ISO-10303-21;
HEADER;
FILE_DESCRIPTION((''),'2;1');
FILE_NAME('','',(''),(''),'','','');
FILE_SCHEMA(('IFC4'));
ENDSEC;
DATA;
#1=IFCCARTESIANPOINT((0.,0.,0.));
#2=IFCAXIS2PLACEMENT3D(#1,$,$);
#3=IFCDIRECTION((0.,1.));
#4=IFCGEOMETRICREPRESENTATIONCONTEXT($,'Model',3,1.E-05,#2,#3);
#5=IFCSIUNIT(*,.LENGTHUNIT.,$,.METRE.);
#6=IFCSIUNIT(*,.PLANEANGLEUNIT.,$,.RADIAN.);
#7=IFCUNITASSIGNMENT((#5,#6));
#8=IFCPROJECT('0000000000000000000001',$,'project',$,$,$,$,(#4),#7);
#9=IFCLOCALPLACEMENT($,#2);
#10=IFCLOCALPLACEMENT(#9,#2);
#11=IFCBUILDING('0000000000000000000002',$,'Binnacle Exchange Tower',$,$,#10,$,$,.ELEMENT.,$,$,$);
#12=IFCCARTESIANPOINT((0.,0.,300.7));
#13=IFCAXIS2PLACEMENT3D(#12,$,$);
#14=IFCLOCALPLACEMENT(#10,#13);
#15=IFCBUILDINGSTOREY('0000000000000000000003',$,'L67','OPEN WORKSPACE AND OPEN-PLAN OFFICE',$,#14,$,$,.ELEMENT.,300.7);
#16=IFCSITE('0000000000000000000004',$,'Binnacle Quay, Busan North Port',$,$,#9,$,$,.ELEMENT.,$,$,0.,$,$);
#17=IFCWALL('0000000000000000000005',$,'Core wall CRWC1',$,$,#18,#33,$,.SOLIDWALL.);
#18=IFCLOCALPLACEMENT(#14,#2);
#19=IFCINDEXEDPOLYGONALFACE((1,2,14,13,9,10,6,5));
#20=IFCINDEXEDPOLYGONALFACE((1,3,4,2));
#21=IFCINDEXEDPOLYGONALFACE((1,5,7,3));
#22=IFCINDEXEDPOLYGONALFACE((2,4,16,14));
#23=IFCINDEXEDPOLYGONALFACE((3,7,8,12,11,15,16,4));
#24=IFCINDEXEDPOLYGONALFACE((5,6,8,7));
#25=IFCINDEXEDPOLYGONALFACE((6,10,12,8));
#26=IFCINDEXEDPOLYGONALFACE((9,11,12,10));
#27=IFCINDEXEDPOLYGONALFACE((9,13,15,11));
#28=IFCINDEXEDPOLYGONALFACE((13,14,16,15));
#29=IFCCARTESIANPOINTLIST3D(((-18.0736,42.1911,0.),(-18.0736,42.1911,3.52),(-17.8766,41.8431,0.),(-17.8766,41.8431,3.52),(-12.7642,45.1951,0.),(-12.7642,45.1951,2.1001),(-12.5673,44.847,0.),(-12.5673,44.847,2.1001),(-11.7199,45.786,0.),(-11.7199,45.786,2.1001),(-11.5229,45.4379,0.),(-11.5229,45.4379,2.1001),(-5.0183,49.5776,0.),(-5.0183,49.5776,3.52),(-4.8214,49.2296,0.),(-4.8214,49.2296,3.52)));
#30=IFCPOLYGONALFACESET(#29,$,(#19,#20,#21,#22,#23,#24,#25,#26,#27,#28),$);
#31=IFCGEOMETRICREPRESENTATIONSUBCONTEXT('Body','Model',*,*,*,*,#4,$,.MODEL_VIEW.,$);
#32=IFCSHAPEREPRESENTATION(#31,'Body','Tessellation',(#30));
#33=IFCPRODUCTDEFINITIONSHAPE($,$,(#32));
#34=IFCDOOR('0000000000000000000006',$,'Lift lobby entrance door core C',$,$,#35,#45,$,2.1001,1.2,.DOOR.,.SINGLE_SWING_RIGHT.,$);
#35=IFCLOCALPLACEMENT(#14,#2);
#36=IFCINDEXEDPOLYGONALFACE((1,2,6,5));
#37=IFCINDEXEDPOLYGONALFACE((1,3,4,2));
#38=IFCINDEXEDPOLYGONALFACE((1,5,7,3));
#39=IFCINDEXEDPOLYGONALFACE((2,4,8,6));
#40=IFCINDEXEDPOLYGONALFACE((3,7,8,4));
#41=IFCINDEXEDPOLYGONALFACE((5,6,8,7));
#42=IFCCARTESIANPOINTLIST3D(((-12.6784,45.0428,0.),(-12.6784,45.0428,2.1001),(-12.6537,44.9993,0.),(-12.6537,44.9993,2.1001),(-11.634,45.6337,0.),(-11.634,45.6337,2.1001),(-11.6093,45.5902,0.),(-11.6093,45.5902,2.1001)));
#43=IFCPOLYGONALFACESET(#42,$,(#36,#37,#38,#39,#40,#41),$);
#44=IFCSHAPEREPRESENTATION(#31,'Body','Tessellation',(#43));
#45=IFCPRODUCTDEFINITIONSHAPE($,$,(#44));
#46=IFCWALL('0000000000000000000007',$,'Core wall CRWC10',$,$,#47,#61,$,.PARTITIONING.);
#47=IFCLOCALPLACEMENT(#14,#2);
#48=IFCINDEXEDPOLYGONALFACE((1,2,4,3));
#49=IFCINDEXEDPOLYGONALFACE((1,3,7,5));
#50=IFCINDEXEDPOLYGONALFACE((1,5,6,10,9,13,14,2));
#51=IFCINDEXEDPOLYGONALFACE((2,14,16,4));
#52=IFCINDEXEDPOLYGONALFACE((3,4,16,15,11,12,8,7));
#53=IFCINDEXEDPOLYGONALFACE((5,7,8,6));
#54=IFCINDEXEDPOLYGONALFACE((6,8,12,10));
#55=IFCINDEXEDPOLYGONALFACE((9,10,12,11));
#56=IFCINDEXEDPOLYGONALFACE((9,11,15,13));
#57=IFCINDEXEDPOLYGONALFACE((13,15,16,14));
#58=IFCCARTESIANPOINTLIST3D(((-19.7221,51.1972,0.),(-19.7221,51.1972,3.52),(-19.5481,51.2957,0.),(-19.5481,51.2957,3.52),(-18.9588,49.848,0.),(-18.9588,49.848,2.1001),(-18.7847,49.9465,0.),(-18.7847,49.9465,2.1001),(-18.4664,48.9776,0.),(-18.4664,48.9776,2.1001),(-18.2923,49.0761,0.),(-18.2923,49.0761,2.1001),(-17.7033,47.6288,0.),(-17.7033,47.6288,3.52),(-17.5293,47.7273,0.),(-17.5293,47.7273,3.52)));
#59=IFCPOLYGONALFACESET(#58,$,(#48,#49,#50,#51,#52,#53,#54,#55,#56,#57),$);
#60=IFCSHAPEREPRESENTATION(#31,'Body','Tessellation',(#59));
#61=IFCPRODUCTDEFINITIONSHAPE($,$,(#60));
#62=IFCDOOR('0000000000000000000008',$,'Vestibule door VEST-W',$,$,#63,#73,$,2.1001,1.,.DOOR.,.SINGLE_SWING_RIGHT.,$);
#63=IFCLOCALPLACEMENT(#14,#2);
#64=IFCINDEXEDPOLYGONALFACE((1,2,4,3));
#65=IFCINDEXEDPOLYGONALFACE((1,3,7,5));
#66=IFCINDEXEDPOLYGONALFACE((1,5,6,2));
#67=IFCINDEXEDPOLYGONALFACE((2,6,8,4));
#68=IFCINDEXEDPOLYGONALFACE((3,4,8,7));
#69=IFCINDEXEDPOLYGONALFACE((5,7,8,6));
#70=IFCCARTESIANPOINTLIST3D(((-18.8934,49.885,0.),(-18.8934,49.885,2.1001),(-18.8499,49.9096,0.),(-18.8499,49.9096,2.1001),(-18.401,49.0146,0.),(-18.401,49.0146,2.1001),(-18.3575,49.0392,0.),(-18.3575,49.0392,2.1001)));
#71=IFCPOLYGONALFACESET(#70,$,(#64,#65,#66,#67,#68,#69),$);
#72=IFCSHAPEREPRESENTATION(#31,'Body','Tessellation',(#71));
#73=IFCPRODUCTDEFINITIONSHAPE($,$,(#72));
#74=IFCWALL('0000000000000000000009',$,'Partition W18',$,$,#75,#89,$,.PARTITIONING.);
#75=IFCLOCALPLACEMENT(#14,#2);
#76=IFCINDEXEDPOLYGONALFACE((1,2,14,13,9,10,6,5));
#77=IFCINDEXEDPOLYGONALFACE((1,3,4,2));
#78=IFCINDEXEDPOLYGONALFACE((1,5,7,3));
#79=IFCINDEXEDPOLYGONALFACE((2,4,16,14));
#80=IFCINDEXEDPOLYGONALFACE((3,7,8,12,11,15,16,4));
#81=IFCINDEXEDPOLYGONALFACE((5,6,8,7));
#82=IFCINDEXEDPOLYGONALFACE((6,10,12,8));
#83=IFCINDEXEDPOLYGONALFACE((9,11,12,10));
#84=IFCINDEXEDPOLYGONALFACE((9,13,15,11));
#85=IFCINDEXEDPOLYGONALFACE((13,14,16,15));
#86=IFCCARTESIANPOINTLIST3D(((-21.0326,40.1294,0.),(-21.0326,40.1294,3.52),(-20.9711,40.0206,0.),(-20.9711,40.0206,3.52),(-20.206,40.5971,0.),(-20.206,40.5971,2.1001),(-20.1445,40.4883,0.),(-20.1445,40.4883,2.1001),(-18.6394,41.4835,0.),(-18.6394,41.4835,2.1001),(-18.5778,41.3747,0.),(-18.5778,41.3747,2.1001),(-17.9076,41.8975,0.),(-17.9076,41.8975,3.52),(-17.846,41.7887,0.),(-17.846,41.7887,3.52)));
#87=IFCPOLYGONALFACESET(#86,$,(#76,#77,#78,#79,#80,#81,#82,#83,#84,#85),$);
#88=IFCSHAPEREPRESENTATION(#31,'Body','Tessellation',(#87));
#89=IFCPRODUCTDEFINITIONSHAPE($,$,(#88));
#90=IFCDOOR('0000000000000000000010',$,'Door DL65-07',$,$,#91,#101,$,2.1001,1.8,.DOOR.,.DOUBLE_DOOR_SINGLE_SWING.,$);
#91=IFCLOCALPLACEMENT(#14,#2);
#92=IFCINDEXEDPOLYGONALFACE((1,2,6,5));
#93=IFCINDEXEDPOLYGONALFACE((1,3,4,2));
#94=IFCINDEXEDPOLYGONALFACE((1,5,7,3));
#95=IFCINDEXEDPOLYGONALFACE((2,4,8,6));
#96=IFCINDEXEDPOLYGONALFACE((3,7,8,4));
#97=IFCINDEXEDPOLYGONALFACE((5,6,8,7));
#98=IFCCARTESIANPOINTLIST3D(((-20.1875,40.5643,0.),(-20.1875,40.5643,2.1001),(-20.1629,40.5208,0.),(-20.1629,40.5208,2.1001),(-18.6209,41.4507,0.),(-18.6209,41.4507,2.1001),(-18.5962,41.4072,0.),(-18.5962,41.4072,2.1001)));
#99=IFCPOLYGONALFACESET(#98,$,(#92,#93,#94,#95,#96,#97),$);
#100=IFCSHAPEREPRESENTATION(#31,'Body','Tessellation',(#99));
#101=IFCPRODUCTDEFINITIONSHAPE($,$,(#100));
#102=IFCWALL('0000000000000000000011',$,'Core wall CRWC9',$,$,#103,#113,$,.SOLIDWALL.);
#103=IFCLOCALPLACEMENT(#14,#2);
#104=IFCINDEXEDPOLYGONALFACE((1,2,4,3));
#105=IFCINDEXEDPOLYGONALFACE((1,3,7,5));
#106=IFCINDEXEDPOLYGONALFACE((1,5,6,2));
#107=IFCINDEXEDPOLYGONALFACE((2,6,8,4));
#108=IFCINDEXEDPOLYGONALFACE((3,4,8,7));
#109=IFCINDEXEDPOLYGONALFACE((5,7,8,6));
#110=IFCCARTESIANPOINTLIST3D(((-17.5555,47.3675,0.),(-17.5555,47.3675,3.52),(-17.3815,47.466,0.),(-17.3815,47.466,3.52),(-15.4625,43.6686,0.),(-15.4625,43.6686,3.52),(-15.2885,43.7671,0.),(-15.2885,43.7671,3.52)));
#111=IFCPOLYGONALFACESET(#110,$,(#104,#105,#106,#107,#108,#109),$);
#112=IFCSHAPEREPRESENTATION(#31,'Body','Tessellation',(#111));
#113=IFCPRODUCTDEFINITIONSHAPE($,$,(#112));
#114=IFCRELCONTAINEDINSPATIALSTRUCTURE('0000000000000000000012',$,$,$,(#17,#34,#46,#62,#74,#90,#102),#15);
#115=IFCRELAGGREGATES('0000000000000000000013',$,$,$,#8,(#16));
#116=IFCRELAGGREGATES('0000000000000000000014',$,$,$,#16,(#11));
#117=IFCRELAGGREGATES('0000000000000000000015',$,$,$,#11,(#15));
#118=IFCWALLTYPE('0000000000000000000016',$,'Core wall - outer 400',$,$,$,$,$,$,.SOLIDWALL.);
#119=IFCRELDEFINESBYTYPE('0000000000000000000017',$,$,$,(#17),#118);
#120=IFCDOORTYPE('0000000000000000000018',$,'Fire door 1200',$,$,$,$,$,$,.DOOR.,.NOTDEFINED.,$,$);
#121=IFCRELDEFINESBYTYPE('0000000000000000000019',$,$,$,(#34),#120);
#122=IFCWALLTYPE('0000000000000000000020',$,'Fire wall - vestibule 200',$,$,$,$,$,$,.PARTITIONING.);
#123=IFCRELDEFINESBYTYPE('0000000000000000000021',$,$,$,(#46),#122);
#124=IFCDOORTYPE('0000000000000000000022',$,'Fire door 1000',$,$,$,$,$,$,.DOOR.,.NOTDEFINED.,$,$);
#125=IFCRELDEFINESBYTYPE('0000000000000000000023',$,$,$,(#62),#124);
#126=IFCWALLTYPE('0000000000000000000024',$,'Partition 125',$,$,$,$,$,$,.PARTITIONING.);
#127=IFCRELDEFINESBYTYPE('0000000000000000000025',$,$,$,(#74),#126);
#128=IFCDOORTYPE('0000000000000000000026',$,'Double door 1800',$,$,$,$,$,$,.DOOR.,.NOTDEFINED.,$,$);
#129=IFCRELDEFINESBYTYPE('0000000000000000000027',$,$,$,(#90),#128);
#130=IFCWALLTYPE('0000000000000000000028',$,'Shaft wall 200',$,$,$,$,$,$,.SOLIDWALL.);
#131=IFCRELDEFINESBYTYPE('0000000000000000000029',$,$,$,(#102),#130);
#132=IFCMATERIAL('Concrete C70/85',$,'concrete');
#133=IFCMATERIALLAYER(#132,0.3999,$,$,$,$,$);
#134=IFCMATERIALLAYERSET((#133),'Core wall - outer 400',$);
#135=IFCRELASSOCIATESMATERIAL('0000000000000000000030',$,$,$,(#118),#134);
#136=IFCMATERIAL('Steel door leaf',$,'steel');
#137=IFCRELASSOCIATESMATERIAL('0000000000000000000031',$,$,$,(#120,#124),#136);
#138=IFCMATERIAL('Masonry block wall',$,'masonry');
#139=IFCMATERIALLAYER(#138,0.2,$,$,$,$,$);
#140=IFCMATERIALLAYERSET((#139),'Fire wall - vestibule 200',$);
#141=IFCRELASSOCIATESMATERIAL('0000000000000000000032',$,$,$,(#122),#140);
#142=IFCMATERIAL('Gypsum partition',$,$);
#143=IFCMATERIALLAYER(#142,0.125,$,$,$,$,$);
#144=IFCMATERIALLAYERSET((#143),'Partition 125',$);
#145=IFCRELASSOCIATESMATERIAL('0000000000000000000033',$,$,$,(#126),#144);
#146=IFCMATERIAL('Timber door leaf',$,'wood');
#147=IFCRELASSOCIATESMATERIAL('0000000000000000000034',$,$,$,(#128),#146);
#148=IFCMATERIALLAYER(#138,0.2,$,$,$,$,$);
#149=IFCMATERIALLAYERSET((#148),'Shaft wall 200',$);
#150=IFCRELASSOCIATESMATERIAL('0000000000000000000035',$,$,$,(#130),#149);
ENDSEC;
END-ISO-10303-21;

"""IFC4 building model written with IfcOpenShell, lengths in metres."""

from ifc_helpers import new_model, si_unit, direction, frame, frame_2d, origin, place, context, subcontext, project, spatial, rectangle, extrude, material, layer, layer_set, type_object, element, fill, save


model = new_model("IFC4")

# Units and contexts
model_context = context("Model", 3, precision=1e-05, world=origin(), true_north=direction((0.0, 1.0)))
body_context = subcontext(model_context, "Body", "Model", "MODEL_VIEW")
ifc_project = project(units=[si_unit("LENGTHUNIT", "METRE"), si_unit("PLANEANGLEUNIT", "RADIAN")], contexts=[model_context])

# Site, building, storey
site_placement = place(None, origin())
site = spatial("IfcSite", under=ifc_project, at=site_placement, Name="Binnacle Quay, Busan North Port", CompositionType="ELEMENT", RefElevation=0.0)
building_placement = place(site_placement, origin())
building = spatial("IfcBuilding", under=site, at=building_placement, Name="Binnacle Exchange Tower", CompositionType="ELEMENT")
storey_placement = place(building_placement, frame((0.0, 0.0, 300.7)))
storey = spatial("IfcBuildingStorey", under=building, at=storey_placement, Name="L67", Description="OPEN WORKSPACE AND OPEN-PLAN OFFICE", CompositionType="ELEMENT", Elevation=300.7)

# Shared definitions
ifc_material_1 = material(Name="Concrete C70/85", Category="concrete")
ifc_material_2 = material(Name="Steel door leaf", Category="steel")

# Walls, openings, doors
ifc_layer_1 = layer(ifc_material_1, 0.3999)
ifc_layer_set_1 = layer_set([ifc_layer_1], Name="Core wall - outer 400")
wall_type_1 = type_object("IfcWallType", Name="Core wall - outer 400", PredefinedType="SOLIDWALL", material=ifc_layer_set_1)
wall_1_placement = place(storey_placement, frame((-17.9751, 42.0171, 0.0), z_axis=(0.0, 0.0, 1.0), x_axis=(0.87035, 0.492434, 0.0)))
wall_1 = element("IfcWall", 1, at=wall_1_placement, inside=storey, type_object=wall_type_1, Name="Core wall CRWC1", PredefinedType="SOLIDWALL", context=body_context, shape_type="SweptSolid", body=[
    extrude(rectangle(XDim=15.0, YDim=0.3999, at=frame_2d((7.5, 0.0))), origin(), (0.0, 0.0, 1.0), 3.52),
])
opening_1_placement = place(wall_1_placement, frame((6.1001, 0.0, 0.0)))
opening_1 = element("IfcOpeningElement", 2, at=opening_1_placement, cuts=wall_1, PredefinedType="OPENING", context=body_context, shape_type="SweptSolid", body=[
    extrude(rectangle(XDim=1.2, YDim=2.1001, at=frame_2d((0.6001, 1.05))), frame((0.0, 0.21, 0.0), z_axis=(0.0, -1.0, 0.0), x_axis=(1.0, 0.0, 0.0)), (0.0, 0.0, 1.0), 0.4199),
])
door_type_1 = type_object("IfcDoorType", Name="Fire door 1200", OperationType="NOTDEFINED", PredefinedType="DOOR", material=ifc_material_2)
door_1_placement = place(opening_1_placement, frame((1.2, 0.0, 0.0), z_axis=(0.0, 0.0, 1.0), x_axis=(-1.0, 0.0, 0.0)))
door_1 = element("IfcDoor", 3, at=door_1_placement, inside=storey, type_object=door_type_1, Name="Lift lobby entrance door core C", OperationType="SINGLE_SWING_RIGHT", OverallHeight=2.1001, OverallWidth=1.2, PredefinedType="DOOR", context=body_context, shape_type="SweptSolid", body=[
    extrude(rectangle(XDim=1.2, YDim=2.1001, at=frame_2d((0.6001, 1.05))), frame((0.0, 0.0249, 0.0), z_axis=(0.0, -1.0, 0.0), x_axis=(1.0, 0.0, 0.0)), (0.0, 0.0, 1.0), 0.05),
])
fill(opening_1, door_1)
ifc_material_3 = material(Name="Masonry block wall", Category="masonry")
ifc_layer_2 = layer(ifc_material_3, 0.2)
ifc_layer_set_2 = layer_set([ifc_layer_2], Name="Fire wall - vestibule 200")
wall_type_2 = type_object("IfcWallType", Name="Fire wall - vestibule 200", PredefinedType="PARTITIONING", material=ifc_layer_set_2)
wall_2_placement = place(storey_placement, frame((-19.635, 51.2463, 0.0), z_axis=(0.0, 0.0, 1.0), x_axis=(0.492408, -0.870364, 0.0)))
wall_2 = element("IfcWall", 4, at=wall_2_placement, inside=storey, type_object=wall_type_2, Name="Core wall CRWC10", PredefinedType="PARTITIONING", context=body_context, shape_type="SweptSolid", body=[
    extrude(rectangle(XDim=4.0999, YDim=0.2, at=frame_2d((2.0498, 0.0))), origin(), (0.0, 0.0, 1.0), 3.52),
])
opening_2_placement = place(wall_2_placement, frame((1.55, 0.0, 0.0)))
opening_2 = element("IfcOpeningElement", 5, at=opening_2_placement, cuts=wall_2, PredefinedType="OPENING", context=body_context, shape_type="SweptSolid", body=[
    extrude(rectangle(XDim=1.0, YDim=2.1001, at=frame_2d((0.5, 1.05))), frame((0.0, 0.1099, 0.0), z_axis=(0.0, -1.0, 0.0), x_axis=(1.0, 0.0, 0.0)), (0.0, 0.0, 1.0), 0.22),
])
door_type_2 = type_object("IfcDoorType", Name="Fire door 1000", OperationType="NOTDEFINED", PredefinedType="DOOR", material=ifc_material_2)
door_2_placement = place(opening_2_placement, frame((1.0, 0.0, 0.0), z_axis=(0.0, 0.0, 1.0), x_axis=(-1.0, 0.0, 0.0)))
door_2 = element("IfcDoor", 6, at=door_2_placement, inside=storey, type_object=door_type_2, Name="Vestibule door VEST-W", OperationType="SINGLE_SWING_RIGHT", OverallHeight=2.1001, OverallWidth=1.0, PredefinedType="DOOR", context=body_context, shape_type="SweptSolid", body=[
    extrude(rectangle(XDim=1.0, YDim=2.1001, at=frame_2d((0.5, 1.05))), frame((0.0, 0.0249, 0.0), z_axis=(0.0, -1.0, 0.0), x_axis=(1.0, 0.0, 0.0)), (0.0, 0.0, 1.0), 0.05),
])
fill(opening_2, door_2)
ifc_material_4 = material(Name="Gypsum partition")
ifc_layer_3 = layer(ifc_material_4, 0.125)
ifc_layer_set_3 = layer_set([ifc_layer_3], Name="Partition 125")
wall_type_3 = type_object("IfcWallType", Name="Partition 125", PredefinedType="PARTITIONING", material=ifc_layer_set_3)
wall_3_placement = place(storey_placement, frame((-21.002, 40.075, 0.0), z_axis=(0.0, 0.0, 1.0), x_axis=(0.870353, 0.492429, 0.0)))
wall_3 = element("IfcWall", 7, at=wall_3_placement, inside=storey, type_object=wall_type_3, Name="Partition W18", PredefinedType="PARTITIONING", context=body_context, shape_type="SweptSolid", body=[
    extrude(rectangle(XDim=3.5906, YDim=0.125, at=frame_2d((1.7954, 0.0))), origin(), (0.0, 0.0, 1.0), 3.52),
])
opening_3_placement = place(wall_3_placement, frame((0.95, 0.0, 0.0)))
opening_3 = element("IfcOpeningElement", 8, at=opening_3_placement, cuts=wall_3, PredefinedType="OPENING", context=body_context, shape_type="SweptSolid", body=[
    extrude(rectangle(XDim=1.8, YDim=2.1001, at=frame_2d((0.8999, 1.05))), frame((0.0, 0.0725, 0.0), z_axis=(0.0, -1.0, 0.0), x_axis=(1.0, 0.0, 0.0)), (0.0, 0.0, 1.0), 0.145),
])
ifc_material_5 = material(Name="Timber door leaf", Category="wood")
door_type_3 = type_object("IfcDoorType", Name="Double door 1800", OperationType="NOTDEFINED", PredefinedType="DOOR", material=ifc_material_5)
door_3_placement = place(opening_3_placement, origin())
door_3 = element("IfcDoor", 9, at=door_3_placement, inside=storey, type_object=door_type_3, Name="Door DL65-07", OperationType="DOUBLE_DOOR_SINGLE_SWING", OverallHeight=2.1001, OverallWidth=1.8, PredefinedType="DOOR", context=body_context, shape_type="SweptSolid", body=[
    extrude(rectangle(XDim=1.8, YDim=2.1001, at=frame_2d((0.8999, 1.05))), frame((0.0, 0.0249, 0.0), z_axis=(0.0, -1.0, 0.0), x_axis=(1.0, 0.0, 0.0)), (0.0, 0.0, 1.0), 0.05),
])
fill(opening_3, door_3)

# Wall
ifc_layer_4 = layer(ifc_material_3, 0.2)
ifc_layer_set_4 = layer_set([ifc_layer_4], Name="Shaft wall 200")
wall_type_4 = type_object("IfcWallType", Name="Shaft wall 200", PredefinedType="SOLIDWALL", material=ifc_layer_set_4)
wall_4_placement = place(storey_placement, frame((-17.4685, 47.4167, 0.0), z_axis=(0.0, 0.0, 1.0), x_axis=(0.492466, -0.870332, 0.0)))
element("IfcWall", 10, at=wall_4_placement, inside=storey, type_object=wall_type_4, Name="Core wall CRWC9", PredefinedType="SOLIDWALL", context=body_context, shape_type="SweptSolid", body=[
    extrude(rectangle(XDim=4.25, YDim=0.2, at=frame_2d((2.125, 0.0))), origin(), (0.0, 0.0, 1.0), 3.52),
])

save(model, "model.ifc")
